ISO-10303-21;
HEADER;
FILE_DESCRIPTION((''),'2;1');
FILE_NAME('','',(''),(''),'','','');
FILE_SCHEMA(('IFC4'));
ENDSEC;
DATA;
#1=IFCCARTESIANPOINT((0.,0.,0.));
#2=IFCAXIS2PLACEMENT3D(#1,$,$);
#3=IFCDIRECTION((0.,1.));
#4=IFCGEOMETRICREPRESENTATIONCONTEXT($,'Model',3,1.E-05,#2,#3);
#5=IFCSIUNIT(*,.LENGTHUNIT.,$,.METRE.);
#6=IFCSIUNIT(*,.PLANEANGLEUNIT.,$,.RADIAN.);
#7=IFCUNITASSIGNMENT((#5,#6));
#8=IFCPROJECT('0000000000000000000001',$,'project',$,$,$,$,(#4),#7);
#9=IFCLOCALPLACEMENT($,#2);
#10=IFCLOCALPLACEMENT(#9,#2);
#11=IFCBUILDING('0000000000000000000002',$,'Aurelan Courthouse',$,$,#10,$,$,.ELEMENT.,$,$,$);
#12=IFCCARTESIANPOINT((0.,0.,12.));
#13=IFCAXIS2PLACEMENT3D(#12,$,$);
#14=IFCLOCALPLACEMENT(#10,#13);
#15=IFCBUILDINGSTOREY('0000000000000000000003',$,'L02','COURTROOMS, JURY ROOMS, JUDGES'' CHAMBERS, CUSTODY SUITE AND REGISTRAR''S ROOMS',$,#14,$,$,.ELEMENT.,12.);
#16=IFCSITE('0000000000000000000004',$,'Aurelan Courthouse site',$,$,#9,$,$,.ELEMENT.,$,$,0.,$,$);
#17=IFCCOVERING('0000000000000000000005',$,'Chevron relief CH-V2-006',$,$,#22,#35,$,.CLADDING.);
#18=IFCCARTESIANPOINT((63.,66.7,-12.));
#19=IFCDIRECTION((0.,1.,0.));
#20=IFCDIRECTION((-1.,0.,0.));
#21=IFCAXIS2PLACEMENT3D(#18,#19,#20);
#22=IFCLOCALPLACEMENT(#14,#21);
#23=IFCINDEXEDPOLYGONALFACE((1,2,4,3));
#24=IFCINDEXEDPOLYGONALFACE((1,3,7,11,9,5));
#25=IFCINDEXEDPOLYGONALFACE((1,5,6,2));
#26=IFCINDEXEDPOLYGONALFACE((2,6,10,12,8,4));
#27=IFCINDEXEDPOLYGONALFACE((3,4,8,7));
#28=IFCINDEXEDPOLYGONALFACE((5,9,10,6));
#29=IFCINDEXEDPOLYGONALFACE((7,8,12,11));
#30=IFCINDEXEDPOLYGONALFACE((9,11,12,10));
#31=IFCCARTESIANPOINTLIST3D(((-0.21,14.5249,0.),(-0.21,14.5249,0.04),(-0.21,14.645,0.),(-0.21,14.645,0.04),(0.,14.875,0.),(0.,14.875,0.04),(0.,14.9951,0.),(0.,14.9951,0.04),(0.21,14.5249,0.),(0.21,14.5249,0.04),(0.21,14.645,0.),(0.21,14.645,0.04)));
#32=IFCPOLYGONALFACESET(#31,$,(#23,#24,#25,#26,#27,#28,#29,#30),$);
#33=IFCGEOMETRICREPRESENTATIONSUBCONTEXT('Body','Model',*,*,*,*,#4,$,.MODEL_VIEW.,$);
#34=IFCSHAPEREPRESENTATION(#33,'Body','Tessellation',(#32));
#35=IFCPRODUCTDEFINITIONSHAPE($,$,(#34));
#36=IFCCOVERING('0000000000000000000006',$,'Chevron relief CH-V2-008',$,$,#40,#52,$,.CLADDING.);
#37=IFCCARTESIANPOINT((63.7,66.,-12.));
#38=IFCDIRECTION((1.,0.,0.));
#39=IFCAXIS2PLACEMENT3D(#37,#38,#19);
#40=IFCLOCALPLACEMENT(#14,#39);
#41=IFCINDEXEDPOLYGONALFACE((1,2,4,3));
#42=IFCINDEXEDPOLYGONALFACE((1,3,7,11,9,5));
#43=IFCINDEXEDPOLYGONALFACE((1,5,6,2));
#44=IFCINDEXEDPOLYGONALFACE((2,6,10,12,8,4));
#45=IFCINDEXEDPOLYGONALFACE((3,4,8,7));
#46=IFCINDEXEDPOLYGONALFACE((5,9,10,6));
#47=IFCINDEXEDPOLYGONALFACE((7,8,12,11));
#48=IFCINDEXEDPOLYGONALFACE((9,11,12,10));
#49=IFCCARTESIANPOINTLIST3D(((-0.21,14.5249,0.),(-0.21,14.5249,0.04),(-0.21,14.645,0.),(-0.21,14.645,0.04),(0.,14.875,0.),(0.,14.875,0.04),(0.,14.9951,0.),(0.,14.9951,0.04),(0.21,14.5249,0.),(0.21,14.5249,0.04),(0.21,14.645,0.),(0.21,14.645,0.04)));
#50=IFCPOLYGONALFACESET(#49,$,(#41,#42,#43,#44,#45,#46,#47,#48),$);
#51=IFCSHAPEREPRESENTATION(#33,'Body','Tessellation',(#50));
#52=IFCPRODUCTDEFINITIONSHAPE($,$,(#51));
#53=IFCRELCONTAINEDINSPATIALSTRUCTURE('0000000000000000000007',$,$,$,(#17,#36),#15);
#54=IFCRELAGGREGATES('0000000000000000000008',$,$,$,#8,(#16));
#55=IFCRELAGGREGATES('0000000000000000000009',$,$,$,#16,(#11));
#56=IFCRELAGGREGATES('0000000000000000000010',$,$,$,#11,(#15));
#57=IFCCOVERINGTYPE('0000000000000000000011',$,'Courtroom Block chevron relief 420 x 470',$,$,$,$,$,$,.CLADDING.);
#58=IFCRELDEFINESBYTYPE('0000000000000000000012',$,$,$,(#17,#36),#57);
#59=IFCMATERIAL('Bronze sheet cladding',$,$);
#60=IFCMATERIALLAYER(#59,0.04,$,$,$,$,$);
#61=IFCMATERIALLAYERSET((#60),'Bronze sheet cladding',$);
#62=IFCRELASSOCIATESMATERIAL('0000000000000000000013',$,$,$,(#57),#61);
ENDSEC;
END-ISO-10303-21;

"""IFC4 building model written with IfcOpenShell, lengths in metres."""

from ifc_helpers import new_model, si_unit, direction, frame, origin, place, context, subcontext, project, spatial, polyline, outline, extrude, material, layer, layer_set, type_object, element, save


model = new_model("IFC4")

# Units and contexts
model_context = context("Model", 3, precision=1e-05, world=origin(), true_north=direction((0.0, 1.0)))
body_context = subcontext(model_context, "Body", "Model", "MODEL_VIEW")
ifc_project = project(units=[si_unit("LENGTHUNIT", "METRE"), si_unit("PLANEANGLEUNIT", "RADIAN")], contexts=[model_context])

# Site, building, storey
site_placement = place(None, origin())
site = spatial("IfcSite", under=ifc_project, at=site_placement, Name="Aurelan Courthouse site", CompositionType="ELEMENT", RefElevation=0.0)
building_placement = place(site_placement, origin())
building = spatial("IfcBuilding", under=site, at=building_placement, Name="Aurelan Courthouse", CompositionType="ELEMENT")
storey_placement = place(building_placement, frame((0.0, 0.0, 12.0)))
storey = spatial("IfcBuildingStorey", under=building, at=storey_placement, Name="L02", Description="COURTROOMS, JURY ROOMS, JUDGES' CHAMBERS, CUSTODY SUITE AND REGISTRAR'S ROOMS", CompositionType="ELEMENT", Elevation=12.0)

# Coverings
ifc_material_1 = material(Name="Bronze sheet cladding")
ifc_layer_1 = layer(ifc_material_1, 0.04)
ifc_layer_set_1 = layer_set([ifc_layer_1], Name="Bronze sheet cladding")
covering_type_1 = type_object("IfcCoveringType", Name="Courtroom Block chevron relief 420 x 470", PredefinedType="CLADDING", material=ifc_layer_set_1)
for number, where, z_axis, x_axis, name in (
    (1, (63.0, 66.7, -12.0), (0.0, 1.0, 0.0), (-1.0, 0.0, 0.0), "Chevron relief CH-V2-006"),
    (2, (63.7, 66.0, -12.0), (1.0, 0.0, 0.0), (0.0, 1.0, 0.0), "Chevron relief CH-V2-008"),
):
    element("IfcCovering", number, at=place(storey_placement, frame(where, z_axis=z_axis, x_axis=x_axis)), inside=storey, type_object=covering_type_1, Name=name, PredefinedType="CLADDING", context=body_context, shape_type="SweptSolid", body=[
        extrude(outline(polyline([(-0.21, 14.5249), (0.0, 14.875), (0.21, 14.5249), (0.21, 14.645), (0.0, 14.9951), (-0.21, 14.645), (-0.21, 14.5249)])), origin(), (0.0, 0.0, 1.0), 0.04),
    ])

save(model, "model.ifc")
